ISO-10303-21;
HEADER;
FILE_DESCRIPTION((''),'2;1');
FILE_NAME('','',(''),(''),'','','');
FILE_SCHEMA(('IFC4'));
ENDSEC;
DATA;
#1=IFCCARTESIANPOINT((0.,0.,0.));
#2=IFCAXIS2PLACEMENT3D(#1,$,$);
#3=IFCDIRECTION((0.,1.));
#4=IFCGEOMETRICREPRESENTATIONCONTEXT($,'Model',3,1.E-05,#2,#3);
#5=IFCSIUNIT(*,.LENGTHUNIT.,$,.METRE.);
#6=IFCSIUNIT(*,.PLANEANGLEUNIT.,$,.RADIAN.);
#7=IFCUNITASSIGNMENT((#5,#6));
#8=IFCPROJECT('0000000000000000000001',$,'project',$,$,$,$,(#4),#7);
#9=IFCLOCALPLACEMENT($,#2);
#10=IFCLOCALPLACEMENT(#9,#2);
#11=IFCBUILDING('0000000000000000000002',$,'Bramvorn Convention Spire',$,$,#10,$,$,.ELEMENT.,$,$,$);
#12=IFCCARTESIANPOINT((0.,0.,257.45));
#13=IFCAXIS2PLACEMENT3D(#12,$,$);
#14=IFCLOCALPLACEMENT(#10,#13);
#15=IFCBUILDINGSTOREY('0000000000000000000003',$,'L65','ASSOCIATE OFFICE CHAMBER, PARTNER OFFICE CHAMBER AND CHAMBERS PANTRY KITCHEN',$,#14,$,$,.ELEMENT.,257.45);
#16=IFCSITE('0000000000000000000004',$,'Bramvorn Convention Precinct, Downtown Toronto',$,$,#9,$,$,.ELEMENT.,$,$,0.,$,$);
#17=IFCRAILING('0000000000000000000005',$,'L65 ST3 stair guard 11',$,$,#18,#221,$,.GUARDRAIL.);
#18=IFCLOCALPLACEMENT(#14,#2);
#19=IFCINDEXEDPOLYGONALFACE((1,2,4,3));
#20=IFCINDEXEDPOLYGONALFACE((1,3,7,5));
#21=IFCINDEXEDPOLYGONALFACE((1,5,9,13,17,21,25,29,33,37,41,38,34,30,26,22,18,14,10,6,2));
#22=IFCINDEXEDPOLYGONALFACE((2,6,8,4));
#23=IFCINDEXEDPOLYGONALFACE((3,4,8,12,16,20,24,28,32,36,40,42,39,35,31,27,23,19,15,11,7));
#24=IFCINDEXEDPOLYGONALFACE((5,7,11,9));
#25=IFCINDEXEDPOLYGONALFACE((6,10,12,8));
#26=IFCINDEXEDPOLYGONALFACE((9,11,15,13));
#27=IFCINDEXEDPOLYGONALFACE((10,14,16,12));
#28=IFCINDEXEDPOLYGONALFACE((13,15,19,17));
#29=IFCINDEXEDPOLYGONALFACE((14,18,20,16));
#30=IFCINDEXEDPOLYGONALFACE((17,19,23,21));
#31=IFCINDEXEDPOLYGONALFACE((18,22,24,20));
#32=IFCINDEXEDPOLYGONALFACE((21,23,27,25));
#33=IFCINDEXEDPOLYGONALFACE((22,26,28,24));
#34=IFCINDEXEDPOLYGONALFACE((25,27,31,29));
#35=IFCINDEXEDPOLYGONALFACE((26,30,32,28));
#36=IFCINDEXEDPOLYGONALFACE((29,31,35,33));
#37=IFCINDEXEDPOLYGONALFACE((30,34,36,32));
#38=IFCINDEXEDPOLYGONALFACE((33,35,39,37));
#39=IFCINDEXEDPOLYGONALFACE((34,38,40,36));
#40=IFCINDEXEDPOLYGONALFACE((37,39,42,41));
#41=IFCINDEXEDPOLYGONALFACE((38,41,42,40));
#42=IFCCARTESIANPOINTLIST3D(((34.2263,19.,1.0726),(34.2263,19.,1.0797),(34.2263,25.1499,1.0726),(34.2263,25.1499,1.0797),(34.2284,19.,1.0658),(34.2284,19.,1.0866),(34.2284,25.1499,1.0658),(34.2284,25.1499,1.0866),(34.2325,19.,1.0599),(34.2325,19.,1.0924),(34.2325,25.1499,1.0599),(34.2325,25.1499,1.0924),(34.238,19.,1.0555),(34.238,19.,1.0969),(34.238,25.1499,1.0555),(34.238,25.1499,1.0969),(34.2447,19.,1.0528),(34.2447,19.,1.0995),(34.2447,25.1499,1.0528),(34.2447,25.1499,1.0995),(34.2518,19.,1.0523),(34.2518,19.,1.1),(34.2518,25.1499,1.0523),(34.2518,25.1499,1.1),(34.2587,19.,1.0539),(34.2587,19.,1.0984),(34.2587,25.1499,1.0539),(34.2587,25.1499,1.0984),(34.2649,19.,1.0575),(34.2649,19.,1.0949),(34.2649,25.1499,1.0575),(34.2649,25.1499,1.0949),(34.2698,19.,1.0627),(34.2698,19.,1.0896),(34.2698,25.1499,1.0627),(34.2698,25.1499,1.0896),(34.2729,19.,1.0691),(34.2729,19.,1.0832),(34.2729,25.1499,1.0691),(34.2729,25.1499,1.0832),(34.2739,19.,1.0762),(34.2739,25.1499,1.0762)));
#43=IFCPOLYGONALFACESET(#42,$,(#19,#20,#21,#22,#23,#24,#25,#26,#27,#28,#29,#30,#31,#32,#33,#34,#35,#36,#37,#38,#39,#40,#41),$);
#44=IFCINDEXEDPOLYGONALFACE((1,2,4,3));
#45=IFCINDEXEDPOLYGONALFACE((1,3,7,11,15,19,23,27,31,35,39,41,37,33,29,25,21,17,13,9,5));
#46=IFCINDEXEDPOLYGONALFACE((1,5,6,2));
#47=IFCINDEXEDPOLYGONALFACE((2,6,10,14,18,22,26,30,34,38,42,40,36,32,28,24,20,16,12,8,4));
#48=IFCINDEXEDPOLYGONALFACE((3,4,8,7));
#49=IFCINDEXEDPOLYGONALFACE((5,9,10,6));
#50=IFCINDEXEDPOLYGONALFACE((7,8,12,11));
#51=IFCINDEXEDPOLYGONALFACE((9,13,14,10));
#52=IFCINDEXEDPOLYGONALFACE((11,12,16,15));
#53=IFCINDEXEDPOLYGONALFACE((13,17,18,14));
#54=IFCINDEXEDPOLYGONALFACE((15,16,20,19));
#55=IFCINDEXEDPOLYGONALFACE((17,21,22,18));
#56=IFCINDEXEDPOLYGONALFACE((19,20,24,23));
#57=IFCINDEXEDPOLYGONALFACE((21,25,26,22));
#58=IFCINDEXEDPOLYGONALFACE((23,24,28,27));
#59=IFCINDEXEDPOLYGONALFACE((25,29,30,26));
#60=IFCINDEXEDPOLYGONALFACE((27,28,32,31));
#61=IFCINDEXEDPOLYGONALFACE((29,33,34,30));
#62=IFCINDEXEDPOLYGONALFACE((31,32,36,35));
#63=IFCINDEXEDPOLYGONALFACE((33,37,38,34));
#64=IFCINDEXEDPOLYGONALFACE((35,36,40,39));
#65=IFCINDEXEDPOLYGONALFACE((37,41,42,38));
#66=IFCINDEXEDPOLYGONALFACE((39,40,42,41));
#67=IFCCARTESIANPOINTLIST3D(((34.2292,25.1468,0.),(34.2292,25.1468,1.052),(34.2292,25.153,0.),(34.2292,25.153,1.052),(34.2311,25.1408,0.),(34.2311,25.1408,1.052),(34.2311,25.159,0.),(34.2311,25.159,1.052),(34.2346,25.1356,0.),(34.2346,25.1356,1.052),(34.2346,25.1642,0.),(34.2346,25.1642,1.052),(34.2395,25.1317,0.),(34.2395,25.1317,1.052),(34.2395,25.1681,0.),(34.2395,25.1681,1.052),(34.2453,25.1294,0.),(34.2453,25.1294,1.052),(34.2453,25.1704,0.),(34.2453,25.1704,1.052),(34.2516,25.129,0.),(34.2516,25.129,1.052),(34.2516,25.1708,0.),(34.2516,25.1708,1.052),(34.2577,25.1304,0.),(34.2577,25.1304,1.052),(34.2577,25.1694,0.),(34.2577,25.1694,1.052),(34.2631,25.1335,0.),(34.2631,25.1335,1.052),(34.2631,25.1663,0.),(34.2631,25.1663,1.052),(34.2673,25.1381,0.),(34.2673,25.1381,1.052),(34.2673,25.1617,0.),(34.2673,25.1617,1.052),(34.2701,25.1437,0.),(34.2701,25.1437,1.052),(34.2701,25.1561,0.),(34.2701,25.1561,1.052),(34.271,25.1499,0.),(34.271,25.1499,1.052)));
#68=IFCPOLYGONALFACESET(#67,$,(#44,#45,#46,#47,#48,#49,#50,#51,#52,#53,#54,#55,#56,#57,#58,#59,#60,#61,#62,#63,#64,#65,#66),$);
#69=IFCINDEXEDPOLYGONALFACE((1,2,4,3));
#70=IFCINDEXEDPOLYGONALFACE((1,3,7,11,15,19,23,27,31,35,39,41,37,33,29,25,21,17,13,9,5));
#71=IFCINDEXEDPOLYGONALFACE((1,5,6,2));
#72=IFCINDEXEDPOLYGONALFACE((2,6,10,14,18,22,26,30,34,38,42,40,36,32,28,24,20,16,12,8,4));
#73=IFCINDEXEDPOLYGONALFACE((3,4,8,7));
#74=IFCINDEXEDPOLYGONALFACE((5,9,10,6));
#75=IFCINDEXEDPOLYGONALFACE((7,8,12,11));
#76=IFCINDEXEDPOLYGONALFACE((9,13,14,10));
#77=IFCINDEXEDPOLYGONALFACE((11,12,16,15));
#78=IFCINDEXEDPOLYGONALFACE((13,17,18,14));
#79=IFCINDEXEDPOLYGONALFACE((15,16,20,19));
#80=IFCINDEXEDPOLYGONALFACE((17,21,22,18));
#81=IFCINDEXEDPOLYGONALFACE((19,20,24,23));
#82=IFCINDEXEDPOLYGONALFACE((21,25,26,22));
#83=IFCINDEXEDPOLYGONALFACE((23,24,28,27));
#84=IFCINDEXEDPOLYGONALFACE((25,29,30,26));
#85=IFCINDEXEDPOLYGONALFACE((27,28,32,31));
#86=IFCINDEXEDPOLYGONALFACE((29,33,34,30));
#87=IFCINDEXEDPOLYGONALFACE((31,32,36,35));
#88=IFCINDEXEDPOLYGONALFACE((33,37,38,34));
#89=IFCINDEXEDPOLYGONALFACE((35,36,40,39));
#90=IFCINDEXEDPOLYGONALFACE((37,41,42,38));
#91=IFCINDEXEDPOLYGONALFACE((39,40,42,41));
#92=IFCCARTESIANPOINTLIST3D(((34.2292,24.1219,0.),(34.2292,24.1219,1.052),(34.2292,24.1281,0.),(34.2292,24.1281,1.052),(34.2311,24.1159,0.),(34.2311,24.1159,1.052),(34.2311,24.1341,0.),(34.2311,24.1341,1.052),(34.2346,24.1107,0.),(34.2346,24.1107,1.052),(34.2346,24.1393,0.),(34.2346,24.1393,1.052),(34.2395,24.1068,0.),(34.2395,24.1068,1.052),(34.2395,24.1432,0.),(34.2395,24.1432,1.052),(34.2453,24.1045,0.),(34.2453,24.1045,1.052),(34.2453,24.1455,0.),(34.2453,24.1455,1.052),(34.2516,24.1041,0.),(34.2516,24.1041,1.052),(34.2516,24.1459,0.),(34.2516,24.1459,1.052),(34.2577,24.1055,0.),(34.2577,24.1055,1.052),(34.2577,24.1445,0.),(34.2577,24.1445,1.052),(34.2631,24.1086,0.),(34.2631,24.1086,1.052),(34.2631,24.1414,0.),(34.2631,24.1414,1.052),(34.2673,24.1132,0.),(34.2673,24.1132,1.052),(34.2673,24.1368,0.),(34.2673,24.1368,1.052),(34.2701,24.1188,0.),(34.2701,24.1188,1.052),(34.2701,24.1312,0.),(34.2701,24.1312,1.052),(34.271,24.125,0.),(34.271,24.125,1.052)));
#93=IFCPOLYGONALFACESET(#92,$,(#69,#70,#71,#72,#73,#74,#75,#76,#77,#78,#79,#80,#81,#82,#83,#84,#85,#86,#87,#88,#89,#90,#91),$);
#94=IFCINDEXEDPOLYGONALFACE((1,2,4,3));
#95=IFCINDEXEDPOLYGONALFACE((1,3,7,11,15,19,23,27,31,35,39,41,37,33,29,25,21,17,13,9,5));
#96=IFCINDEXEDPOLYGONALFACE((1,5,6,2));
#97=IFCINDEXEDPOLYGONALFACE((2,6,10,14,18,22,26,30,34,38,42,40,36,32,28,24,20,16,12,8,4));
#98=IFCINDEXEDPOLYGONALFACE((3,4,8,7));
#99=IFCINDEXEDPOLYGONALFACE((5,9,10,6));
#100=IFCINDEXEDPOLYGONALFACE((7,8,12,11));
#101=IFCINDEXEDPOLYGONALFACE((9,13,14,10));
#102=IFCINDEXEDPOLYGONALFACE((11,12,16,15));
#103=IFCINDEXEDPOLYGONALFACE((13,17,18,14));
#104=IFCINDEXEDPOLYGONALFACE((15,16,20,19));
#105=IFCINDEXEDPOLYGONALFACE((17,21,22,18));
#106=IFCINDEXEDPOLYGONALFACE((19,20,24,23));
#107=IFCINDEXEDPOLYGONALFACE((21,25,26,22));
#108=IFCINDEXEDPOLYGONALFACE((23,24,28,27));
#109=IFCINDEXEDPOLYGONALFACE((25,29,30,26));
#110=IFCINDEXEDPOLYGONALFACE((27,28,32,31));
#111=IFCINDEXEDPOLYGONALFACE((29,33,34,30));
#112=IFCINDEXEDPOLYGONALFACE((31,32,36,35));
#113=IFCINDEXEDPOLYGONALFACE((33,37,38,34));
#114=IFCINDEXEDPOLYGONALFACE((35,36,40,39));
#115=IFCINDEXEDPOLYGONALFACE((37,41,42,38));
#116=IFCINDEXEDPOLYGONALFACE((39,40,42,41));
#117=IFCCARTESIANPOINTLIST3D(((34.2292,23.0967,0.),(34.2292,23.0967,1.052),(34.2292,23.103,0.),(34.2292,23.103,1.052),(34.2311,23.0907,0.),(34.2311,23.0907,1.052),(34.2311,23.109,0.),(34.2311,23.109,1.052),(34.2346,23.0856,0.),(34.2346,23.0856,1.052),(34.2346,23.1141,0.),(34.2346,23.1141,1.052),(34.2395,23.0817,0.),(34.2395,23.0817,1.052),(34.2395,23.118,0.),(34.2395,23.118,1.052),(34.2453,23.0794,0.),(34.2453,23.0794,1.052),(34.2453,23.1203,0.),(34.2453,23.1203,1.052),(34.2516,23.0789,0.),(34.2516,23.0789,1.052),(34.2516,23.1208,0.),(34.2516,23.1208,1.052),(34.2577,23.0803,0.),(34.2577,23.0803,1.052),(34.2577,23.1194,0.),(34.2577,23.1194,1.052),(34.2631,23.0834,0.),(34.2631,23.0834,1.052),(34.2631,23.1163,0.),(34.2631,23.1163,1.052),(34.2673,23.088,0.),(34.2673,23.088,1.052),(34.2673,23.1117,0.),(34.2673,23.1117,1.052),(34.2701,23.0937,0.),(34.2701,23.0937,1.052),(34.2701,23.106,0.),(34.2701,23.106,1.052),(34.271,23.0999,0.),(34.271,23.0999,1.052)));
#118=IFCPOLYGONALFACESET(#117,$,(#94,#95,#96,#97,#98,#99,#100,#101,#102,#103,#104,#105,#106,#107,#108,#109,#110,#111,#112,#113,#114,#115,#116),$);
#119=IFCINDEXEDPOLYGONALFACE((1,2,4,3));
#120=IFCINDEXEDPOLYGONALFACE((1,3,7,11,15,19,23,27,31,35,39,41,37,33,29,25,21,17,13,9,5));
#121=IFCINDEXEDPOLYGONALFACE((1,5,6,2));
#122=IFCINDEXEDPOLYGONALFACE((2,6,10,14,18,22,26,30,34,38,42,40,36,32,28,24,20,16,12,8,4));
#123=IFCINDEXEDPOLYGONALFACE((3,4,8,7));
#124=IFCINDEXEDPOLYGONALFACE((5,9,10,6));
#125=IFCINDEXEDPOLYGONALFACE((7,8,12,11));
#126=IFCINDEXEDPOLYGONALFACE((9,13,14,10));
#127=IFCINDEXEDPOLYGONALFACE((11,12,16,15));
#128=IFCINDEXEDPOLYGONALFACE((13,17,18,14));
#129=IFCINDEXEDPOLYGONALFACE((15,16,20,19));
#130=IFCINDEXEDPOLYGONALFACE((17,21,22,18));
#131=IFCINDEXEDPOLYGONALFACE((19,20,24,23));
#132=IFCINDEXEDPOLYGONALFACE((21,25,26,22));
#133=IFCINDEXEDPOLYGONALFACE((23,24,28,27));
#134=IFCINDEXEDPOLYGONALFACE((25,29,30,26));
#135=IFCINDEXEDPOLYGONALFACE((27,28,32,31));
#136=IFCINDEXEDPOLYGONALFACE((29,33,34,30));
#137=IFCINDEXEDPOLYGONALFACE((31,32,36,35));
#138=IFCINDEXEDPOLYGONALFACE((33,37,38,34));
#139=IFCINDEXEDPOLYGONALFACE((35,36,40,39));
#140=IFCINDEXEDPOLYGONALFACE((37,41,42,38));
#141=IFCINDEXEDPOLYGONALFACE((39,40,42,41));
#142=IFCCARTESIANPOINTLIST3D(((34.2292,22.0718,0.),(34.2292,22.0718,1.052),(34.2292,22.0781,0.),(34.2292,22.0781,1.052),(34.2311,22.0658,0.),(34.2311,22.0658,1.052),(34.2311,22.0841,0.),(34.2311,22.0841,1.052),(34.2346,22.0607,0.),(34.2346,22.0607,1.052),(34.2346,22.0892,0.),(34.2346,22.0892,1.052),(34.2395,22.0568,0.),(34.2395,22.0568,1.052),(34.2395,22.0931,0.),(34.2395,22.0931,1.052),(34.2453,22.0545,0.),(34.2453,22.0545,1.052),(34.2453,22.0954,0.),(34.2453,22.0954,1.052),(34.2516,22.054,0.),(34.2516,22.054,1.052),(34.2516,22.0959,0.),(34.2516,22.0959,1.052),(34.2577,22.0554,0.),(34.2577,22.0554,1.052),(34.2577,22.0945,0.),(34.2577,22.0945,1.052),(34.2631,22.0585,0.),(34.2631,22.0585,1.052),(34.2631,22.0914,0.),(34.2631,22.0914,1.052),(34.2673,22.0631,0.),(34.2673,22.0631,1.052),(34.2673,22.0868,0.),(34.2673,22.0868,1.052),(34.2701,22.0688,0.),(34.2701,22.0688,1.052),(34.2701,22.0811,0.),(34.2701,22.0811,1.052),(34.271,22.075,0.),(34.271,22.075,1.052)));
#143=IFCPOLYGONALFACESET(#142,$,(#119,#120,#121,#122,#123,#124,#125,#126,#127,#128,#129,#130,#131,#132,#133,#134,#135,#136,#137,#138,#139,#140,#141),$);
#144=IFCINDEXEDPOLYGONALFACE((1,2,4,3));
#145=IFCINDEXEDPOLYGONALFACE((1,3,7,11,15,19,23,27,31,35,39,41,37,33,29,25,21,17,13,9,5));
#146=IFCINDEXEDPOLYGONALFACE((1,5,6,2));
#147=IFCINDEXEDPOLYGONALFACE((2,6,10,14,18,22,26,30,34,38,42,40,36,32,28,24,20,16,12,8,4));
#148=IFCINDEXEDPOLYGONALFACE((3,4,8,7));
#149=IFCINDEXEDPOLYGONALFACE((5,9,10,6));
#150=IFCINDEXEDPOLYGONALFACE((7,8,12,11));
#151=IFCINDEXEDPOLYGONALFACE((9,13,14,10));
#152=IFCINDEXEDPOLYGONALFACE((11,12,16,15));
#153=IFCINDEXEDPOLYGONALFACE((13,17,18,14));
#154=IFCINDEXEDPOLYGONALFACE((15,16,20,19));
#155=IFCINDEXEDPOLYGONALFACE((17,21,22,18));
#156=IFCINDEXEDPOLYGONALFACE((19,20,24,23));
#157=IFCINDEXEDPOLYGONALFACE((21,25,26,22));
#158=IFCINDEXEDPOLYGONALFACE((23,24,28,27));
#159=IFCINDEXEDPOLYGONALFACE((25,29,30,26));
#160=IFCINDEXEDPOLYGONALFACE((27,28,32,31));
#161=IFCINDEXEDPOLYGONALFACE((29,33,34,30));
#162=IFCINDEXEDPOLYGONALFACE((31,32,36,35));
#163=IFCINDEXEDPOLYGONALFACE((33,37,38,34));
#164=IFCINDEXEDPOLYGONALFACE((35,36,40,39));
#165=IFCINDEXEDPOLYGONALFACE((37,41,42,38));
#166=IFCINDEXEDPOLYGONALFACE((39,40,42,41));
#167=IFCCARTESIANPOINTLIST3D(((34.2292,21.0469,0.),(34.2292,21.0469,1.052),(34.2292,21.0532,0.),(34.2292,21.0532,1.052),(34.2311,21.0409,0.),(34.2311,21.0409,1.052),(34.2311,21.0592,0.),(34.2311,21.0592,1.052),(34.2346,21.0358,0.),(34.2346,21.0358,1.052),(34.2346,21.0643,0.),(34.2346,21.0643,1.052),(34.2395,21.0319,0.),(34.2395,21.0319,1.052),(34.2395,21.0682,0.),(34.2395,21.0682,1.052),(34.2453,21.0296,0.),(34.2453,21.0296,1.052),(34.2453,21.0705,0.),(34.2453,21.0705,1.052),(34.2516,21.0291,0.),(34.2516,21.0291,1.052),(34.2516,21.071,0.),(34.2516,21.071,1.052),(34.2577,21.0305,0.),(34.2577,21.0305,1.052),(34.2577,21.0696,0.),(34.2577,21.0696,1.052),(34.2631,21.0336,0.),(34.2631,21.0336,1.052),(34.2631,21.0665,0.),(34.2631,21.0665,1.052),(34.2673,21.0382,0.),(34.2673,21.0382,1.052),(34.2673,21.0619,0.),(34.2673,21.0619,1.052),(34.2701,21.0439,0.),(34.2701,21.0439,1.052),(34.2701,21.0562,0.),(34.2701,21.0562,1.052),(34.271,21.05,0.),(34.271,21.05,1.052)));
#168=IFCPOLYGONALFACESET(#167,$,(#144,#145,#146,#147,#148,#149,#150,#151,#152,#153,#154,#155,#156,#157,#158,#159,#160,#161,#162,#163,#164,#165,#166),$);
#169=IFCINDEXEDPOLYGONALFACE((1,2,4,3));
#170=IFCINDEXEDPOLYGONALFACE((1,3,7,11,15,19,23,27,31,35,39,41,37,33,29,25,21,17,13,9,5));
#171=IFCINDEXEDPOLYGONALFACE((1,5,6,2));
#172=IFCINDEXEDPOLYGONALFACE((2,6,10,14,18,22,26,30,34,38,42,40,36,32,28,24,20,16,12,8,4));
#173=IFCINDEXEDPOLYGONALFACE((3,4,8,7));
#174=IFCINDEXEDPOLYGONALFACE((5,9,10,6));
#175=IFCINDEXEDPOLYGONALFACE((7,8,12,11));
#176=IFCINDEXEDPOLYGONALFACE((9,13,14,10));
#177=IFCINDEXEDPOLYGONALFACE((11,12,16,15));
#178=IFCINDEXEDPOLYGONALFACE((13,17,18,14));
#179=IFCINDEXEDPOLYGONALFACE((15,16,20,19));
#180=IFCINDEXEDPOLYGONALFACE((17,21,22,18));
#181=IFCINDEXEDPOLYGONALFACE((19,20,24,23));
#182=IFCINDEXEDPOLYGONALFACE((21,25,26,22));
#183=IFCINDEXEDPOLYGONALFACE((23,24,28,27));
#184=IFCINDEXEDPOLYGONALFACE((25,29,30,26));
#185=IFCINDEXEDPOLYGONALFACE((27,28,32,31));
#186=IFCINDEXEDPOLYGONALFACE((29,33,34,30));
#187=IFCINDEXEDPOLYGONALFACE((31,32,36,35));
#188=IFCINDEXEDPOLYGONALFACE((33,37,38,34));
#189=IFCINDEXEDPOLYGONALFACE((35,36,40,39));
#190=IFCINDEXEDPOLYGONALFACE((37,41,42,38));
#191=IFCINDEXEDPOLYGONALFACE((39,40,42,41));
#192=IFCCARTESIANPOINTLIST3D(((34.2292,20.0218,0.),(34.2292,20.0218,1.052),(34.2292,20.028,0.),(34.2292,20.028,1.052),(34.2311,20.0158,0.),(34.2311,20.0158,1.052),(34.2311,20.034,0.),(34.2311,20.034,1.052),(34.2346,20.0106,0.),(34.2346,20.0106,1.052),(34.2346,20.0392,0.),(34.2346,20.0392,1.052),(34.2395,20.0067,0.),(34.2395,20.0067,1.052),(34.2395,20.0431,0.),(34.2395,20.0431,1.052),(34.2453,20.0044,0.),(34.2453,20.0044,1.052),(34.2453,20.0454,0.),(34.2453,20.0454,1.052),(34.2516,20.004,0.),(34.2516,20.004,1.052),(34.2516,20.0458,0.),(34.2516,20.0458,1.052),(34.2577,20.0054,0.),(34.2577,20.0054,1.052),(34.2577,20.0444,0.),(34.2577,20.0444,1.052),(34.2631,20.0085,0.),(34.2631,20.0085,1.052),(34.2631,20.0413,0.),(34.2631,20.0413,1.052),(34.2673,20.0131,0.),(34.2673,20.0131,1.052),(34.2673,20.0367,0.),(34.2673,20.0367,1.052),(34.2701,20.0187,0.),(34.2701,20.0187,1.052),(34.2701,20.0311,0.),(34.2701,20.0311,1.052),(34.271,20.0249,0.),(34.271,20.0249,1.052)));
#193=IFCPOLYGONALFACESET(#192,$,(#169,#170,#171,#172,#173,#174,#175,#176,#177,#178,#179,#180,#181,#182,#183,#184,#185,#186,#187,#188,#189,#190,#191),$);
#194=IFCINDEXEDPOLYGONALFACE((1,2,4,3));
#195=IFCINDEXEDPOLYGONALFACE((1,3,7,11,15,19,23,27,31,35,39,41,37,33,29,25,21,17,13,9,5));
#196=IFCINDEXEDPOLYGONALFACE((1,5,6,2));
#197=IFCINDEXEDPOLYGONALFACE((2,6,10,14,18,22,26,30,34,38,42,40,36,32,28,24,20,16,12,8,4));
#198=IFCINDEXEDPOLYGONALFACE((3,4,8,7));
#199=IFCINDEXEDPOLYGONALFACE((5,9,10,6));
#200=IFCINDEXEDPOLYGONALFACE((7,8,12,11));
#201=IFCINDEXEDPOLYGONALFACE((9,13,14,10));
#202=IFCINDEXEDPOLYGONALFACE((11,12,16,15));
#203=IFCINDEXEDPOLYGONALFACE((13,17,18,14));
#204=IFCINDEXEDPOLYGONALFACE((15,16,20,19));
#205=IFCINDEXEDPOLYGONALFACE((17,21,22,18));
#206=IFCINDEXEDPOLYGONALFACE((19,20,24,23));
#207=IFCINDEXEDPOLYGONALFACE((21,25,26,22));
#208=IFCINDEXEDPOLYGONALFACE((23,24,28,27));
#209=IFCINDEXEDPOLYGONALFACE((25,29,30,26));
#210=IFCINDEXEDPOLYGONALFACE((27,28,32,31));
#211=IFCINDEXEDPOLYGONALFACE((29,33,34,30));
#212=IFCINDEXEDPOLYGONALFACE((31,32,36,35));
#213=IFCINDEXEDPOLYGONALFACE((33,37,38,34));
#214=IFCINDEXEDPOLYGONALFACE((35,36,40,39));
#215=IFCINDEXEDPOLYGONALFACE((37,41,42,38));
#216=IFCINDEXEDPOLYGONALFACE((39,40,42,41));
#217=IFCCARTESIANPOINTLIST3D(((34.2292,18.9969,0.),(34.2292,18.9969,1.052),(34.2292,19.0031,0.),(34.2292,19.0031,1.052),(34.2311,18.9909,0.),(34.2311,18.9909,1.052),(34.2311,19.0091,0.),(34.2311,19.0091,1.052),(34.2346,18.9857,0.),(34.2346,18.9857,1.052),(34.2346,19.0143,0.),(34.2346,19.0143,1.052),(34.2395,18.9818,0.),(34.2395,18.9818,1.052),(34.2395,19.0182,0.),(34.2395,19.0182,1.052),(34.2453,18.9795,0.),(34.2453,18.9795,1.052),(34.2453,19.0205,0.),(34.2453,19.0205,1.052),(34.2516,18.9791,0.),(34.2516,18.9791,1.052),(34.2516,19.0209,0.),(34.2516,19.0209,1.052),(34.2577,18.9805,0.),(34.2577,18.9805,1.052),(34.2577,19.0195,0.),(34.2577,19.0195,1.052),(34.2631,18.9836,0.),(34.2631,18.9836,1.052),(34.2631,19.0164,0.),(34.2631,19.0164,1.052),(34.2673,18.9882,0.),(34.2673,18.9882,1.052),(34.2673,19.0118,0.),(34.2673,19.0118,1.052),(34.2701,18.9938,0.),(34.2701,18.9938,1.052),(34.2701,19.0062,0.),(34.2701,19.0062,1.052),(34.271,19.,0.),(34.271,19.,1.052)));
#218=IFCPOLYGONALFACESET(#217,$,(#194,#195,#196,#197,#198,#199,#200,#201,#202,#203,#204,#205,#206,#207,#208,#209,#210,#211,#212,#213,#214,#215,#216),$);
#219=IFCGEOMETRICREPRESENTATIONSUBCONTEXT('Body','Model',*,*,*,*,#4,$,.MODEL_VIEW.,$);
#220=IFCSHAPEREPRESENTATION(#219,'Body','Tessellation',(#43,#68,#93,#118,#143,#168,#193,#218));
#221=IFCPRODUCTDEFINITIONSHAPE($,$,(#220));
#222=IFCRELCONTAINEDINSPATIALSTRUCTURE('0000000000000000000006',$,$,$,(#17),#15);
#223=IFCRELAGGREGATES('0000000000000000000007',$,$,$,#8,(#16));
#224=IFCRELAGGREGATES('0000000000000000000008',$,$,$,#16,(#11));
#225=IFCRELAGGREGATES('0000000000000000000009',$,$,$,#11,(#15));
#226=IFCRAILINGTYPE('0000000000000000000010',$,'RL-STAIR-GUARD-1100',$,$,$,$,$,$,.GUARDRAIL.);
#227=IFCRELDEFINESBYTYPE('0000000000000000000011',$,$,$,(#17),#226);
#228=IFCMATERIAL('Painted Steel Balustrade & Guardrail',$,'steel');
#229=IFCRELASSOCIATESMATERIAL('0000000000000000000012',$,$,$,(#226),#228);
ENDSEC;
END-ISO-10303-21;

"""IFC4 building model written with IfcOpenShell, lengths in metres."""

from ifc_helpers import new_model, si_unit, direction, frame, origin, origin_2d, place, context, subcontext, project, spatial, circle, extrude, material, type_object, element, save


model = new_model("IFC4")

# Units and contexts
model_context = context("Model", 3, precision=1e-05, world=origin(), true_north=direction((0.0, 1.0)))
body_context = subcontext(model_context, "Body", "Model", "MODEL_VIEW")
ifc_project = project(units=[si_unit("LENGTHUNIT", "METRE"), si_unit("PLANEANGLEUNIT", "RADIAN")], contexts=[model_context])

# Site, building, storey
site_placement = place(None, origin())
site = spatial("IfcSite", under=ifc_project, at=site_placement, Name="Bramvorn Convention Precinct, Downtown Toronto", CompositionType="ELEMENT", RefElevation=0.0)
building_placement = place(site_placement, origin())
building = spatial("IfcBuilding", under=site, at=building_placement, Name="Bramvorn Convention Spire", CompositionType="ELEMENT")
storey_placement = place(building_placement, frame((0.0, 0.0, 257.45)))
storey = spatial("IfcBuildingStorey", under=building, at=storey_placement, Name="L65", Description="ASSOCIATE OFFICE CHAMBER, PARTNER OFFICE CHAMBER AND CHAMBERS PANTRY KITCHEN", CompositionType="ELEMENT", Elevation=257.45)

# Railing
ifc_material_1 = material(Name="Painted Steel Balustrade & Guardrail", Category="steel")
railing_type_1 = type_object("IfcRailingType", Name="RL-STAIR-GUARD-1100", PredefinedType="GUARDRAIL", material=ifc_material_1)
railing_1_placement = place(storey_placement, frame((34.25, 25.1499, 0.0)))
element("IfcRailing", 1, at=railing_1_placement, inside=storey, type_object=railing_type_1, Name="L65 ST3 stair guard 11", PredefinedType="GUARDRAIL", context=body_context, shape_type="SweptSolid", body=[
    extrude(circle(Radius=0.0239, at=origin_2d()), frame((0.0, 0.0, 1.0762), z_axis=(0.0, -1.0, 0.0), x_axis=(1.0, 0.0, 0.0)), (0.0, 0.0, 1.0), 6.1499),
    extrude(circle(Radius=0.021, at=origin_2d()), origin(), (0.0, 0.0, 1.0), 1.052),
    extrude(circle(Radius=0.021, at=origin_2d()), frame((0.0, -1.0249, 0.0)), (0.0, 0.0, 1.0), 1.052),
    extrude(circle(Radius=0.021, at=origin_2d()), frame((0.0, -2.05, 0.0)), (0.0, 0.0, 1.0), 1.052),
    extrude(circle(Radius=0.021, at=origin_2d()), frame((0.0, -3.075, 0.0)), (0.0, 0.0, 1.0), 1.052),
    extrude(circle(Radius=0.021, at=origin_2d()), frame((0.0, -4.0999, 0.0)), (0.0, 0.0, 1.0), 1.052),
    extrude(circle(Radius=0.021, at=origin_2d()), frame((0.0, -5.125, 0.0)), (0.0, 0.0, 1.0), 1.052),
    extrude(circle(Radius=0.021, at=origin_2d()), frame((0.0, -6.1499, 0.0)), (0.0, 0.0, 1.0), 1.052),
])

save(model, "model.ifc")
